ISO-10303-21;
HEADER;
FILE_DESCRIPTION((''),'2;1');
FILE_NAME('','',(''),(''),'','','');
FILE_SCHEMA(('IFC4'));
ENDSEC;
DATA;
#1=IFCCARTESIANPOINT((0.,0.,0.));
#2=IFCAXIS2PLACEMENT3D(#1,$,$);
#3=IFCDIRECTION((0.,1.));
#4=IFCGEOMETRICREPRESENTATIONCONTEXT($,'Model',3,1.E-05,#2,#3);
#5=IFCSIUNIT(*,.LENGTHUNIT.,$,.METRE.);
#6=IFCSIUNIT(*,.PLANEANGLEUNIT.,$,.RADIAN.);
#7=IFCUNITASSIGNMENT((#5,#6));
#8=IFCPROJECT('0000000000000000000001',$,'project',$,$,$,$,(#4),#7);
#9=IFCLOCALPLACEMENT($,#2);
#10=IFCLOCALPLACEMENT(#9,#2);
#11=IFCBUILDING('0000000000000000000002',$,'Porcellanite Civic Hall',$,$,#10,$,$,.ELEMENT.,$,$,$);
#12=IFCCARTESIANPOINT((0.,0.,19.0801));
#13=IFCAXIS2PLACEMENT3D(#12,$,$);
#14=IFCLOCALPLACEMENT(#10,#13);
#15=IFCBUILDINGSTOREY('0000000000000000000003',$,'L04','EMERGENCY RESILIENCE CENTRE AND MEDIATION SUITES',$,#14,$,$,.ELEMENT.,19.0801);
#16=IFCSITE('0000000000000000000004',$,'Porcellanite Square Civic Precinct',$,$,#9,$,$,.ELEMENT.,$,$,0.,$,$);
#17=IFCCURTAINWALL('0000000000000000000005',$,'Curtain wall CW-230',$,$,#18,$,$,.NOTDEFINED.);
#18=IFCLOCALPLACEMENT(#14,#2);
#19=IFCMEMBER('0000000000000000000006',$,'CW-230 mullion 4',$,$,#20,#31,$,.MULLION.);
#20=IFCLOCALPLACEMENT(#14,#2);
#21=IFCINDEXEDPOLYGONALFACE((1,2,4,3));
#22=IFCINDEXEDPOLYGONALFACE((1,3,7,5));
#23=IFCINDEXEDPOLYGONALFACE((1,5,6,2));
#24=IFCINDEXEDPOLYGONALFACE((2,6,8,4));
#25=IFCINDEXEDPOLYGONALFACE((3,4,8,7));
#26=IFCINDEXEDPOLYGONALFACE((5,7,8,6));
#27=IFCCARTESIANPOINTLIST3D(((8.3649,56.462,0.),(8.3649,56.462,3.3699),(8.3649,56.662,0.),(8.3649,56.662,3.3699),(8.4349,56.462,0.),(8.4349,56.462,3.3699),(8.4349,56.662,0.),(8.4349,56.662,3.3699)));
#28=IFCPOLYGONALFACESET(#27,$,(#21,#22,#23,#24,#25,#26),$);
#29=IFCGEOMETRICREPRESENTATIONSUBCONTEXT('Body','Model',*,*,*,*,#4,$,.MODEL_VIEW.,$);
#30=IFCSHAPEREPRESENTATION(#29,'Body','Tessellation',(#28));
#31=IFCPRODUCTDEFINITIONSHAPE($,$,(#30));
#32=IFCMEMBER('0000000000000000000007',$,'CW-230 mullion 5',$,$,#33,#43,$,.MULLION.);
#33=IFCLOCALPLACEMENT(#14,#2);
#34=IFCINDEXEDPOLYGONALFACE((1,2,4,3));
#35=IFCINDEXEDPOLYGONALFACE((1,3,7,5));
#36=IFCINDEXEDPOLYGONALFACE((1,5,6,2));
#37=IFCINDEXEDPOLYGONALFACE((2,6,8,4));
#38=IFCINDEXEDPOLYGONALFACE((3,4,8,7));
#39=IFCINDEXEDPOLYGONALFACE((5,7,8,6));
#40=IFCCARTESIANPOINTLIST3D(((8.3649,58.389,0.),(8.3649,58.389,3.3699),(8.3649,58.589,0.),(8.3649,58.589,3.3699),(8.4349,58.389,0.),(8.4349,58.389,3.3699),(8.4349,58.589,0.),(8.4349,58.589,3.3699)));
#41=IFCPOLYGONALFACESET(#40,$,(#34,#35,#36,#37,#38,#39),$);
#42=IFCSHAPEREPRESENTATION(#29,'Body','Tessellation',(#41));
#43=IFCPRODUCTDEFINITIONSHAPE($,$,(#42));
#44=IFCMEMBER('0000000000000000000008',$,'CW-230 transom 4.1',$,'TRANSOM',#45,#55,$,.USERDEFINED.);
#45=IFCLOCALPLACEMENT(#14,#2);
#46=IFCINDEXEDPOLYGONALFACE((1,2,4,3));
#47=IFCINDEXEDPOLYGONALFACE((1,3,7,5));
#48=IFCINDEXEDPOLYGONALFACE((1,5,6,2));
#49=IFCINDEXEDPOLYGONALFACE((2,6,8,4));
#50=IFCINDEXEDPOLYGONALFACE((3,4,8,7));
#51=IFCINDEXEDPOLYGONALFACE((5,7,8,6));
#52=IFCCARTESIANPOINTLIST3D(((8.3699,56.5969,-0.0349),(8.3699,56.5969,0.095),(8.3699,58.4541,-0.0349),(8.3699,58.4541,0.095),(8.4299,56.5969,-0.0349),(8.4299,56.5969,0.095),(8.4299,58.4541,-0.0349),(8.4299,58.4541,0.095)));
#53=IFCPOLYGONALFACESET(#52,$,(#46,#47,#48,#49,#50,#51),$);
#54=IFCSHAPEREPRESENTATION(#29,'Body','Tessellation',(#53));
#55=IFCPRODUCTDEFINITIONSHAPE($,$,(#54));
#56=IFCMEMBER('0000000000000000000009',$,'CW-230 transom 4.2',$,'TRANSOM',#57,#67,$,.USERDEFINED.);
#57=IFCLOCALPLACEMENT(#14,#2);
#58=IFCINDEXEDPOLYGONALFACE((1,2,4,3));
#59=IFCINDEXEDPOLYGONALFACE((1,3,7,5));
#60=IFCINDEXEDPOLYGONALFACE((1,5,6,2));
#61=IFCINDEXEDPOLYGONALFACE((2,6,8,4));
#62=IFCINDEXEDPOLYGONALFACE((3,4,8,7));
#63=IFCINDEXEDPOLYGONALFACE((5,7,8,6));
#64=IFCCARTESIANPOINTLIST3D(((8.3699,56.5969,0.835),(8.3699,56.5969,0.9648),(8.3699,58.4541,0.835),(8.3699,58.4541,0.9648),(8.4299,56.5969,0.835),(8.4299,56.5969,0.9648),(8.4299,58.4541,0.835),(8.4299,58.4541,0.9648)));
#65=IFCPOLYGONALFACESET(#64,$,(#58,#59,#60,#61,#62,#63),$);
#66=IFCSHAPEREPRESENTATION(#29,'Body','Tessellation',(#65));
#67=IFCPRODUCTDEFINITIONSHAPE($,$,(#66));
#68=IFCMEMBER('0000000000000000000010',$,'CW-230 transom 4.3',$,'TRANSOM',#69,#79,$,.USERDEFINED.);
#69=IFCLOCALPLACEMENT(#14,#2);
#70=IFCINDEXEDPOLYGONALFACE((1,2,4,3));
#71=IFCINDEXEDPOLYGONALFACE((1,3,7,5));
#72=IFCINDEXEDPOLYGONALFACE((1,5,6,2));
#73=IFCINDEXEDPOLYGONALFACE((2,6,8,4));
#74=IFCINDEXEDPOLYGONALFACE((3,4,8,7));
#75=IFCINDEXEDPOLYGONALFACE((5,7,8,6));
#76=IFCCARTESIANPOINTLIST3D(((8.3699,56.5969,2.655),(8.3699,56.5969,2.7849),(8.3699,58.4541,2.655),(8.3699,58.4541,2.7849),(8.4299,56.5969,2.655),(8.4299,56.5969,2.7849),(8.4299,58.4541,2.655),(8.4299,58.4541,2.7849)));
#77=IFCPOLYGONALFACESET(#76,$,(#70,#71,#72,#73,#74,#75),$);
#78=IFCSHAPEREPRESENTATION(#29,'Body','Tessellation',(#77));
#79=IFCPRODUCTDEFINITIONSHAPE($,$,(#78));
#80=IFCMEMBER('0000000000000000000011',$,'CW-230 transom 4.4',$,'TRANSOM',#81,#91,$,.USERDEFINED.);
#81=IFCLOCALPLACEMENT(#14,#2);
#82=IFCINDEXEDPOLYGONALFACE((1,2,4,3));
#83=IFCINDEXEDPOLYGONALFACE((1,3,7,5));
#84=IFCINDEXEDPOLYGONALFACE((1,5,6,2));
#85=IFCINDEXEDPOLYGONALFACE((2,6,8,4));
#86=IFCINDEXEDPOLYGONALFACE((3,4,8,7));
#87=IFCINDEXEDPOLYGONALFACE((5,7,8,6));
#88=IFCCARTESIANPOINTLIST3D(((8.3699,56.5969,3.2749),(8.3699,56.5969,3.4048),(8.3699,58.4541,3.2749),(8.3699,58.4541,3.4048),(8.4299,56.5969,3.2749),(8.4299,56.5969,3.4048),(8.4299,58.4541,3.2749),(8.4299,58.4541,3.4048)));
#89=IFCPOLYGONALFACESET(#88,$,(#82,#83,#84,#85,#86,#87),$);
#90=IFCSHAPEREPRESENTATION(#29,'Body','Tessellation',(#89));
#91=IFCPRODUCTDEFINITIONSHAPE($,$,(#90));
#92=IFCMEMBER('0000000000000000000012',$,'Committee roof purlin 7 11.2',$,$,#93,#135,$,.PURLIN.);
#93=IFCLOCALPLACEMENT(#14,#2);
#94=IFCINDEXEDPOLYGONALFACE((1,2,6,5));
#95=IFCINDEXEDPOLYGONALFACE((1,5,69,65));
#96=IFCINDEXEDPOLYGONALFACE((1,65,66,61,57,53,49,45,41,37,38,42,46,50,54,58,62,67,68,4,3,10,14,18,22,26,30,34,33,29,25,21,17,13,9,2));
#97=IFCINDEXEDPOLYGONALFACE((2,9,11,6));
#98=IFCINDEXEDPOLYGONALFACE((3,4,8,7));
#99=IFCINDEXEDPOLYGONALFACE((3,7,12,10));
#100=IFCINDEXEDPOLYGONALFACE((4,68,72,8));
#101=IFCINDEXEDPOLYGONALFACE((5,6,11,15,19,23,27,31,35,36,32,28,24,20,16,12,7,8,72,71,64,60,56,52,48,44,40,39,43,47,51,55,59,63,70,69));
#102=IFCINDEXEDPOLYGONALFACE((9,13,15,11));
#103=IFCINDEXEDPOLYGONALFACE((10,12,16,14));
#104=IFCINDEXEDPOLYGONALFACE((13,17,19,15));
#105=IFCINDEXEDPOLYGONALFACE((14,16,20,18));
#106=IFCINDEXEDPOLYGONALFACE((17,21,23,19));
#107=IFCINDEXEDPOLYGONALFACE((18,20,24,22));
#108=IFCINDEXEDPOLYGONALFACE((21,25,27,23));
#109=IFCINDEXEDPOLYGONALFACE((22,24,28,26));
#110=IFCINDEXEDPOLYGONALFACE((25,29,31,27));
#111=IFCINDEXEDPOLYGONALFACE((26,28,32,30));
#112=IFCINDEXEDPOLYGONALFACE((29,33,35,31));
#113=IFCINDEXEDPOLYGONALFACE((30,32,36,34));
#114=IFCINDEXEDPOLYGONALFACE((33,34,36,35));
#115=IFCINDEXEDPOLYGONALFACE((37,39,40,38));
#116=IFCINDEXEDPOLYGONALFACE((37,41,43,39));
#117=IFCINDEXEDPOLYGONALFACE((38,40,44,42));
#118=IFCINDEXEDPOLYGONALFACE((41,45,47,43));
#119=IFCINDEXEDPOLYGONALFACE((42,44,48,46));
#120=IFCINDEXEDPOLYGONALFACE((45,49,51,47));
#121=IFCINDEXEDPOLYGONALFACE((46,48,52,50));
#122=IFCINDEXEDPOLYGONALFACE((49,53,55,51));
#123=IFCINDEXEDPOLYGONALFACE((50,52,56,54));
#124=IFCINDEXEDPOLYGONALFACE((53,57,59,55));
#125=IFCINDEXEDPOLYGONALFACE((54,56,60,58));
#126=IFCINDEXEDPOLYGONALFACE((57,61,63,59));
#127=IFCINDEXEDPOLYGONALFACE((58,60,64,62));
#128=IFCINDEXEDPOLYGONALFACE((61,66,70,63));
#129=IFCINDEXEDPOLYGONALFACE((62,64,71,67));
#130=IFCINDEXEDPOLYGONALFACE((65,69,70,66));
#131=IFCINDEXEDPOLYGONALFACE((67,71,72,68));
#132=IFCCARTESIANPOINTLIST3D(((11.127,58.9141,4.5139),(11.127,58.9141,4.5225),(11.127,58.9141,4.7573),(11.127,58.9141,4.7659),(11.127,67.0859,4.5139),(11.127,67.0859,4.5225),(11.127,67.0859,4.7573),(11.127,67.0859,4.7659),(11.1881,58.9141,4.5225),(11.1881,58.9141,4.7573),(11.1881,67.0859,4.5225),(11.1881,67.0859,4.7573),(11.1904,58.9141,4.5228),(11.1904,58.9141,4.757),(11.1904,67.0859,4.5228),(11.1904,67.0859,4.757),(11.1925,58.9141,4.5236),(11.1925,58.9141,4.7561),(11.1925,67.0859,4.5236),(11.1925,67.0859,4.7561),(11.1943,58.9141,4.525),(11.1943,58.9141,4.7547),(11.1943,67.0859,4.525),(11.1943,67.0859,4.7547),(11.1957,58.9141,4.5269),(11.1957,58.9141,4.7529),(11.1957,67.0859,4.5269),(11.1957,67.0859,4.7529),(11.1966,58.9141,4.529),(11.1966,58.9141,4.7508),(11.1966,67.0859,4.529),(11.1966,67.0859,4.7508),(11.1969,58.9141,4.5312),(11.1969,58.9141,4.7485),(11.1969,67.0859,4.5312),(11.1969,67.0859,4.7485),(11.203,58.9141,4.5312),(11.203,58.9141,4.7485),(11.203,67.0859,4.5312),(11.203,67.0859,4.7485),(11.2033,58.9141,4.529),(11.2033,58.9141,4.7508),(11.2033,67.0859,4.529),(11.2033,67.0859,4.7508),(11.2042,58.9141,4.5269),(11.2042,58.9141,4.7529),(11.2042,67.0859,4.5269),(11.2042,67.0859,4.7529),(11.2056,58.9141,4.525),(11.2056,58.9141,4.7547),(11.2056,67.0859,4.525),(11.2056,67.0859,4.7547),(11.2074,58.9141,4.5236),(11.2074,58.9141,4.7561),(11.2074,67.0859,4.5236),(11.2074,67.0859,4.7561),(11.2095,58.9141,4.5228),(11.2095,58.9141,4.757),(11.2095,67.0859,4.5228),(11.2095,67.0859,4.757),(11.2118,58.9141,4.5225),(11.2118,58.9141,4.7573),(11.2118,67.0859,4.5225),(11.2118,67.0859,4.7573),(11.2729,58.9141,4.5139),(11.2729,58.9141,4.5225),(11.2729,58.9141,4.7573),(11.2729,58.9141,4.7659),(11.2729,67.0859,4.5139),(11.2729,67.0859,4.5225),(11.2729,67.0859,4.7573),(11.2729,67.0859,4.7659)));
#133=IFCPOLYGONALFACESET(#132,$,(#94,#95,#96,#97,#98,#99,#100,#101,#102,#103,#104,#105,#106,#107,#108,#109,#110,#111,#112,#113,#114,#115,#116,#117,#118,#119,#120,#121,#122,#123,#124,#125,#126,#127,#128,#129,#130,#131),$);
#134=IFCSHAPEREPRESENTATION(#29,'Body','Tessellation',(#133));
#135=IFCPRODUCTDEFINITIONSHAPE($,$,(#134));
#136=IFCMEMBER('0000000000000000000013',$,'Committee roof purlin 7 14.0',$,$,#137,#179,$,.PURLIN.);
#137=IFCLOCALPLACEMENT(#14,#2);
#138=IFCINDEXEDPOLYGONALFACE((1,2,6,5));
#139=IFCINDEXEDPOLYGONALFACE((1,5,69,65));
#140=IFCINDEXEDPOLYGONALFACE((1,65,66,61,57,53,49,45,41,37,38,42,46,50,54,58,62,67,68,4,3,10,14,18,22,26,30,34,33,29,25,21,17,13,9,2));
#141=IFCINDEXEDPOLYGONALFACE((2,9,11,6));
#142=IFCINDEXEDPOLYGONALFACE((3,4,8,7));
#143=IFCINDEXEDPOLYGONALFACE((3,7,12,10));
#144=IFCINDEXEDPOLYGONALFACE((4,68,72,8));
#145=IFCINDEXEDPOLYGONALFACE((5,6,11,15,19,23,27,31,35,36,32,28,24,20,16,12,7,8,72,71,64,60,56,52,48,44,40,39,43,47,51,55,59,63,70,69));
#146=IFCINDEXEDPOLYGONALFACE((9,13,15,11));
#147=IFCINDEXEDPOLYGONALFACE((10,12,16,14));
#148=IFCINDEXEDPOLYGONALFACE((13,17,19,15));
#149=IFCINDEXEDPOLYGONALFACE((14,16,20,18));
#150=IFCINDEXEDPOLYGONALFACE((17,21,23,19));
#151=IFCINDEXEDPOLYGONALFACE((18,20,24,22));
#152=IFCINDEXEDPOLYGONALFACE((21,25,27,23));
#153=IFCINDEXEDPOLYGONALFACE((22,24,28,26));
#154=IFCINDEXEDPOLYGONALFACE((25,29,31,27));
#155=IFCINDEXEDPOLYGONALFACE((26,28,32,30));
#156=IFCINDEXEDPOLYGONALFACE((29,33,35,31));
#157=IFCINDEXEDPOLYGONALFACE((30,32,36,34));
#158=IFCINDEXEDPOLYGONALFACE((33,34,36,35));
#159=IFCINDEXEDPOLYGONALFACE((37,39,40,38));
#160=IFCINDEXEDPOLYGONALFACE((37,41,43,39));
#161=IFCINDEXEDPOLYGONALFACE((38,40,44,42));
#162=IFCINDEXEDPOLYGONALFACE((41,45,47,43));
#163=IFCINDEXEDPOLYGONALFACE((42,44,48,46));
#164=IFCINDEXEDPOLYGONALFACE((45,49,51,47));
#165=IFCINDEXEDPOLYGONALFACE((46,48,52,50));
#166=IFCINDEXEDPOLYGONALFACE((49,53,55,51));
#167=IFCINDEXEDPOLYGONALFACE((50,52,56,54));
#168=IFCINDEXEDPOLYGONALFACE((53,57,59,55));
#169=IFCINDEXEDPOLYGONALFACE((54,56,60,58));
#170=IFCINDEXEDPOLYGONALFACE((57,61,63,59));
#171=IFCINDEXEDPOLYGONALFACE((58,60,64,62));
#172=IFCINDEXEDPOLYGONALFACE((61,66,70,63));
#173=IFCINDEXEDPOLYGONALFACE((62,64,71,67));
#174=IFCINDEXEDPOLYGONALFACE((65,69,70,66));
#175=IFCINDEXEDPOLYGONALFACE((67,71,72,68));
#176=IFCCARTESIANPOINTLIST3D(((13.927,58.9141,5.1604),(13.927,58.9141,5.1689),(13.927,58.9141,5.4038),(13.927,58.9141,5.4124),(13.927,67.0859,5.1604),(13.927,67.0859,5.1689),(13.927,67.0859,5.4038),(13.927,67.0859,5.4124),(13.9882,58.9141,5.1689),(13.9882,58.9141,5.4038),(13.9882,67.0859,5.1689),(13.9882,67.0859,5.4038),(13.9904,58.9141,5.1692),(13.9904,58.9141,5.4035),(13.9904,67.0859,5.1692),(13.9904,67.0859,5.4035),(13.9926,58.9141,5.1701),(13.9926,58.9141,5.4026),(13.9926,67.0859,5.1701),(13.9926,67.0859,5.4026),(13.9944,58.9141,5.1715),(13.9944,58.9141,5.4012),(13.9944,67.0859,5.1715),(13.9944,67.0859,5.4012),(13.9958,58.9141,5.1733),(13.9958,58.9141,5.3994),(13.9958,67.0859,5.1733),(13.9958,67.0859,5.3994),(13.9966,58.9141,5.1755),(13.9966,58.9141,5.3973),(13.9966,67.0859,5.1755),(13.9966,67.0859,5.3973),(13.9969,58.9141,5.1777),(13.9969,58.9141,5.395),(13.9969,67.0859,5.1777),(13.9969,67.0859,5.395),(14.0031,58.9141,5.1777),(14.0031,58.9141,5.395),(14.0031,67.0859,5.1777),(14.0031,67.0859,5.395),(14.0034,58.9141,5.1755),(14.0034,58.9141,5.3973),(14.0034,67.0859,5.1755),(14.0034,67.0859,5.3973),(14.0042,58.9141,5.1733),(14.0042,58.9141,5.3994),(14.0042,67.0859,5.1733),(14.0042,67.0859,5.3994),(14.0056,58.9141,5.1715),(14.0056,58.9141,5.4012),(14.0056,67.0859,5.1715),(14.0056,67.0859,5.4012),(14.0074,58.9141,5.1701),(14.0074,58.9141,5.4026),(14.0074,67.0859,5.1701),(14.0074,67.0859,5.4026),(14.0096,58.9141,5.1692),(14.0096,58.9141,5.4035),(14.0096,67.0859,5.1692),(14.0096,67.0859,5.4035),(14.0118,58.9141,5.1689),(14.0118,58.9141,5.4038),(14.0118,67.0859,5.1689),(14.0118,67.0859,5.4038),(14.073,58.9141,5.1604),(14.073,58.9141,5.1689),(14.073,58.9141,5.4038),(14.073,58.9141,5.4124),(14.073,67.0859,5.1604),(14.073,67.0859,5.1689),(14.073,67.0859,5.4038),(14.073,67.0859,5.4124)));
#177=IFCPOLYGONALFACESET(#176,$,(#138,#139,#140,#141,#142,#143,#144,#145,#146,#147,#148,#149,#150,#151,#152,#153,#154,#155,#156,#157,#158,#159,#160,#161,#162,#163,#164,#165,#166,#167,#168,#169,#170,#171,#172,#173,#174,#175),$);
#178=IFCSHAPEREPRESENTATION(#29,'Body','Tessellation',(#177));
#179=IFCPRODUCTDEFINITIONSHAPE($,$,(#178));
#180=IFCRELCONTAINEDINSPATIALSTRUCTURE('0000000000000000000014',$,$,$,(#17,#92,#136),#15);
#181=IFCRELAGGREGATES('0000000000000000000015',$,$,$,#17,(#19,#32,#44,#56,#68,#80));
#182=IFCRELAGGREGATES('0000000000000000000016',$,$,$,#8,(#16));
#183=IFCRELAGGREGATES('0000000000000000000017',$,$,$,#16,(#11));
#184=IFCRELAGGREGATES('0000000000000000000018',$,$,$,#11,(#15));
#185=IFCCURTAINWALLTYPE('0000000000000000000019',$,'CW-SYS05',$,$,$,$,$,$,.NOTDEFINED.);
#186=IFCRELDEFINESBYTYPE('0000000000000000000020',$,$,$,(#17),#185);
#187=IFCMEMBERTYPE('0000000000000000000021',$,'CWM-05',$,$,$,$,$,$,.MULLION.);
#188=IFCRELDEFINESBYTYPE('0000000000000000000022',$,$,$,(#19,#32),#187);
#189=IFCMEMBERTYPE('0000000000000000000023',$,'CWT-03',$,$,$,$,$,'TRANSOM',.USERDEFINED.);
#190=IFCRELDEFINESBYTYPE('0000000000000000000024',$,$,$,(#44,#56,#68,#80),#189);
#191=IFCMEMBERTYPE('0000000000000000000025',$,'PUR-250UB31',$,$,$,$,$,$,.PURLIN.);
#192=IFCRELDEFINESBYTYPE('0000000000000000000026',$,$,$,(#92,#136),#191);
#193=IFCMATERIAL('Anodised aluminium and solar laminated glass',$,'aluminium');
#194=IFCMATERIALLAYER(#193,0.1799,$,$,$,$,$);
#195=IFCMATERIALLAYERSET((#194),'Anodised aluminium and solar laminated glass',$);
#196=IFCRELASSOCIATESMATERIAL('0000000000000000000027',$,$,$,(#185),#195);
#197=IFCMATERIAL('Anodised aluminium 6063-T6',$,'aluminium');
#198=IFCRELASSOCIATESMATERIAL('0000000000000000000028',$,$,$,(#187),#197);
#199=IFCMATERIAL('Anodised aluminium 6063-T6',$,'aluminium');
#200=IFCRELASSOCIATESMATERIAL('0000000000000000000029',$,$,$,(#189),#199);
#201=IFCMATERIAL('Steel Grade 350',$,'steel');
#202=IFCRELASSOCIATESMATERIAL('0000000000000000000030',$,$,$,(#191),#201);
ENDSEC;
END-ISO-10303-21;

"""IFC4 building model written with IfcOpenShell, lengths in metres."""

from ifc_helpers import new_model, si_unit, direction, frame, origin, origin_2d, place, context, subcontext, project, spatial, rectangle, i_section, extrude, material, layer, layer_set, material_profile, profile_set, type_object, element, aggregate, save


model = new_model("IFC4")

# Units and contexts
model_context = context("Model", 3, precision=1e-05, world=origin(), true_north=direction((0.0, 1.0)))
body_context = subcontext(model_context, "Body", "Model", "MODEL_VIEW")
ifc_project = project(units=[si_unit("LENGTHUNIT", "METRE"), si_unit("PLANEANGLEUNIT", "RADIAN")], contexts=[model_context])

# Site, building, storey
site_placement = place(None, origin())
site = spatial("IfcSite", under=ifc_project, at=site_placement, Name="Porcellanite Square Civic Precinct", CompositionType="ELEMENT", RefElevation=0.0)
building_placement = place(site_placement, origin())
building = spatial("IfcBuilding", under=site, at=building_placement, Name="Porcellanite Civic Hall", CompositionType="ELEMENT")
storey_placement = place(building_placement, frame((0.0, 0.0, 19.0801)))
storey = spatial("IfcBuildingStorey", under=building, at=storey_placement, Name="L04", Description="EMERGENCY RESILIENCE CENTRE AND MEDIATION SUITES", CompositionType="ELEMENT", Elevation=19.0801)

# Curtain wall, members
ifc_material_1 = material(Name="Anodised aluminium and solar laminated glass", Category="aluminium")
ifc_layer_1 = layer(ifc_material_1, 0.1799)
ifc_layer_set_1 = layer_set([ifc_layer_1], Name="Anodised aluminium and solar laminated glass")
curtain_wall_type = type_object("IfcCurtainWallType", Name="CW-SYS05", PredefinedType="NOTDEFINED", material=ifc_layer_set_1)
curtain_wall_placement = place(storey_placement, origin())
curtain_wall = element("IfcCurtainWall", 1, at=curtain_wall_placement, inside=storey, type_object=curtain_wall_type, Name="Curtain wall CW-230", PredefinedType="NOTDEFINED")
ifc_material_2 = material(Name="Anodised aluminium 6063-T6", Category="aluminium")
ifc_material_profile_1 = material_profile(ifc_material_2, rectangle(XDim=0.0701, YDim=0.2, at=origin_2d()), Name="AL-70x200")
ifc_profile_set_1 = profile_set([ifc_material_profile_1], Name="Anodised aluminium 6063-T6")
member_type_1 = type_object("IfcMemberType", Name="CWM-05", PredefinedType="MULLION", material=ifc_profile_set_1)
member_1_placement = place(storey_placement, frame((8.3999, 56.562, 0.0), z_axis=(0.0, 0.0, 1.0), x_axis=(-1.0, 0.0, 0.0)))
member_1 = element("IfcMember", 2, at=member_1_placement, type_object=member_type_1, Name="CW-230 mullion 4", PredefinedType="MULLION", context=body_context, shape_type="SweptSolid", body=[
    extrude(rectangle(XDim=0.0701, YDim=0.2, at=origin_2d()), origin(), (0.0, 0.0, 1.0), 3.3699),
])
member_2_placement = place(storey_placement, frame((8.3999, 58.489, 0.0), z_axis=(0.0, 0.0, 1.0), x_axis=(-1.0, 0.0, 0.0)))
member_2 = element("IfcMember", 3, at=member_2_placement, type_object=member_type_1, Name="CW-230 mullion 5", PredefinedType="MULLION", context=body_context, shape_type="SweptSolid", body=[
    extrude(rectangle(XDim=0.0701, YDim=0.2, at=origin_2d()), origin(), (0.0, 0.0, 1.0), 3.3699),
])
ifc_material_3 = material(Name="Anodised aluminium 6063-T6", Category="aluminium")
ifc_material_profile_2 = material_profile(ifc_material_3, rectangle(XDim=0.0601, YDim=0.1299, at=origin_2d()), Name="AL-60x130")
ifc_profile_set_2 = profile_set([ifc_material_profile_2], Name="Anodised aluminium 6063-T6")
member_type_2 = type_object("IfcMemberType", Name="CWT-03", ElementType="TRANSOM", PredefinedType="USERDEFINED", material=ifc_profile_set_2)
member_3_placement = place(storey_placement, frame((8.3999, 56.5969, 0.03), z_axis=(0.0, 1.0, 0.0), x_axis=(-1.0, 0.0, 0.0)))
member_3 = element("IfcMember", 4, at=member_3_placement, type_object=member_type_2, Name="CW-230 transom 4.1", ObjectType="TRANSOM", PredefinedType="USERDEFINED", context=body_context, shape_type="SweptSolid", body=[
    extrude(rectangle(XDim=0.0601, YDim=0.1299, at=origin_2d()), origin(), (0.0, 0.0, 1.0), 1.8572),
])
member_4_placement = place(storey_placement, frame((8.3999, 56.5969, 0.8999), z_axis=(0.0, 1.0, 0.0), x_axis=(-1.0, 0.0, 0.0)))
member_4 = element("IfcMember", 5, at=member_4_placement, type_object=member_type_2, Name="CW-230 transom 4.2", ObjectType="TRANSOM", PredefinedType="USERDEFINED", context=body_context, shape_type="SweptSolid", body=[
    extrude(rectangle(XDim=0.0601, YDim=0.1299, at=origin_2d()), origin(), (0.0, 0.0, 1.0), 1.8572),
])
member_5_placement = place(storey_placement, frame((8.3999, 56.5969, 2.72), z_axis=(0.0, 1.0, 0.0), x_axis=(-1.0, 0.0, 0.0)))
member_5 = element("IfcMember", 6, at=member_5_placement, type_object=member_type_2, Name="CW-230 transom 4.3", ObjectType="TRANSOM", PredefinedType="USERDEFINED", context=body_context, shape_type="SweptSolid", body=[
    extrude(rectangle(XDim=0.0601, YDim=0.1299, at=origin_2d()), origin(), (0.0, 0.0, 1.0), 1.8572),
])
member_6_placement = place(storey_placement, frame((8.3999, 56.5969, 3.3398), z_axis=(0.0, 1.0, 0.0), x_axis=(-1.0, 0.0, 0.0)))
member_6 = element("IfcMember", 7, at=member_6_placement, type_object=member_type_2, Name="CW-230 transom 4.4", ObjectType="TRANSOM", PredefinedType="USERDEFINED", context=body_context, shape_type="SweptSolid", body=[
    extrude(rectangle(XDim=0.0601, YDim=0.1299, at=origin_2d()), origin(), (0.0, 0.0, 1.0), 1.8572),
])

# Members
ifc_material_4 = material(Name="Steel Grade 350", Category="steel")
ifc_material_profile_3 = material_profile(ifc_material_4, i_section(OverallWidth=0.146, OverallDepth=0.252, WebThickness=0.0061, FlangeThickness=0.0085, FilletRadius=0.0088, at=origin_2d()), Name="250UB31.4")
ifc_profile_set_3 = profile_set([ifc_material_profile_3], Name="Steel Grade 350")
member_type_3 = type_object("IfcMemberType", Name="PUR-250UB31", PredefinedType="PURLIN", material=ifc_profile_set_3)
for number, where, z_axis, x_axis, name in (
    (8, (11.2, 58.9141, 4.6399), (0.0, 1.0, 0.0), (-1.0, 0.0, 0.0), "Committee roof purlin 7 11.2"),
    (9, (14.0, 58.9141, 5.2864), (0.0, 1.0, 0.0), (-1.0, 0.0, 0.0), "Committee roof purlin 7 14.0"),
):
    element("IfcMember", number, at=place(storey_placement, frame(where, z_axis=z_axis, x_axis=x_axis)), inside=storey, type_object=member_type_3, Name=name, PredefinedType="PURLIN", context=body_context, shape_type="SweptSolid", body=[
        extrude(i_section(OverallWidth=0.146, OverallDepth=0.252, WebThickness=0.0061, FlangeThickness=0.0085, FilletRadius=0.0088, at=origin_2d()), origin(), (0.0, 0.0, 1.0), 8.1719),
    ])

aggregate(curtain_wall, [member_1, member_2, member_3, member_4, member_5, member_6])

save(model, "model.ifc")
